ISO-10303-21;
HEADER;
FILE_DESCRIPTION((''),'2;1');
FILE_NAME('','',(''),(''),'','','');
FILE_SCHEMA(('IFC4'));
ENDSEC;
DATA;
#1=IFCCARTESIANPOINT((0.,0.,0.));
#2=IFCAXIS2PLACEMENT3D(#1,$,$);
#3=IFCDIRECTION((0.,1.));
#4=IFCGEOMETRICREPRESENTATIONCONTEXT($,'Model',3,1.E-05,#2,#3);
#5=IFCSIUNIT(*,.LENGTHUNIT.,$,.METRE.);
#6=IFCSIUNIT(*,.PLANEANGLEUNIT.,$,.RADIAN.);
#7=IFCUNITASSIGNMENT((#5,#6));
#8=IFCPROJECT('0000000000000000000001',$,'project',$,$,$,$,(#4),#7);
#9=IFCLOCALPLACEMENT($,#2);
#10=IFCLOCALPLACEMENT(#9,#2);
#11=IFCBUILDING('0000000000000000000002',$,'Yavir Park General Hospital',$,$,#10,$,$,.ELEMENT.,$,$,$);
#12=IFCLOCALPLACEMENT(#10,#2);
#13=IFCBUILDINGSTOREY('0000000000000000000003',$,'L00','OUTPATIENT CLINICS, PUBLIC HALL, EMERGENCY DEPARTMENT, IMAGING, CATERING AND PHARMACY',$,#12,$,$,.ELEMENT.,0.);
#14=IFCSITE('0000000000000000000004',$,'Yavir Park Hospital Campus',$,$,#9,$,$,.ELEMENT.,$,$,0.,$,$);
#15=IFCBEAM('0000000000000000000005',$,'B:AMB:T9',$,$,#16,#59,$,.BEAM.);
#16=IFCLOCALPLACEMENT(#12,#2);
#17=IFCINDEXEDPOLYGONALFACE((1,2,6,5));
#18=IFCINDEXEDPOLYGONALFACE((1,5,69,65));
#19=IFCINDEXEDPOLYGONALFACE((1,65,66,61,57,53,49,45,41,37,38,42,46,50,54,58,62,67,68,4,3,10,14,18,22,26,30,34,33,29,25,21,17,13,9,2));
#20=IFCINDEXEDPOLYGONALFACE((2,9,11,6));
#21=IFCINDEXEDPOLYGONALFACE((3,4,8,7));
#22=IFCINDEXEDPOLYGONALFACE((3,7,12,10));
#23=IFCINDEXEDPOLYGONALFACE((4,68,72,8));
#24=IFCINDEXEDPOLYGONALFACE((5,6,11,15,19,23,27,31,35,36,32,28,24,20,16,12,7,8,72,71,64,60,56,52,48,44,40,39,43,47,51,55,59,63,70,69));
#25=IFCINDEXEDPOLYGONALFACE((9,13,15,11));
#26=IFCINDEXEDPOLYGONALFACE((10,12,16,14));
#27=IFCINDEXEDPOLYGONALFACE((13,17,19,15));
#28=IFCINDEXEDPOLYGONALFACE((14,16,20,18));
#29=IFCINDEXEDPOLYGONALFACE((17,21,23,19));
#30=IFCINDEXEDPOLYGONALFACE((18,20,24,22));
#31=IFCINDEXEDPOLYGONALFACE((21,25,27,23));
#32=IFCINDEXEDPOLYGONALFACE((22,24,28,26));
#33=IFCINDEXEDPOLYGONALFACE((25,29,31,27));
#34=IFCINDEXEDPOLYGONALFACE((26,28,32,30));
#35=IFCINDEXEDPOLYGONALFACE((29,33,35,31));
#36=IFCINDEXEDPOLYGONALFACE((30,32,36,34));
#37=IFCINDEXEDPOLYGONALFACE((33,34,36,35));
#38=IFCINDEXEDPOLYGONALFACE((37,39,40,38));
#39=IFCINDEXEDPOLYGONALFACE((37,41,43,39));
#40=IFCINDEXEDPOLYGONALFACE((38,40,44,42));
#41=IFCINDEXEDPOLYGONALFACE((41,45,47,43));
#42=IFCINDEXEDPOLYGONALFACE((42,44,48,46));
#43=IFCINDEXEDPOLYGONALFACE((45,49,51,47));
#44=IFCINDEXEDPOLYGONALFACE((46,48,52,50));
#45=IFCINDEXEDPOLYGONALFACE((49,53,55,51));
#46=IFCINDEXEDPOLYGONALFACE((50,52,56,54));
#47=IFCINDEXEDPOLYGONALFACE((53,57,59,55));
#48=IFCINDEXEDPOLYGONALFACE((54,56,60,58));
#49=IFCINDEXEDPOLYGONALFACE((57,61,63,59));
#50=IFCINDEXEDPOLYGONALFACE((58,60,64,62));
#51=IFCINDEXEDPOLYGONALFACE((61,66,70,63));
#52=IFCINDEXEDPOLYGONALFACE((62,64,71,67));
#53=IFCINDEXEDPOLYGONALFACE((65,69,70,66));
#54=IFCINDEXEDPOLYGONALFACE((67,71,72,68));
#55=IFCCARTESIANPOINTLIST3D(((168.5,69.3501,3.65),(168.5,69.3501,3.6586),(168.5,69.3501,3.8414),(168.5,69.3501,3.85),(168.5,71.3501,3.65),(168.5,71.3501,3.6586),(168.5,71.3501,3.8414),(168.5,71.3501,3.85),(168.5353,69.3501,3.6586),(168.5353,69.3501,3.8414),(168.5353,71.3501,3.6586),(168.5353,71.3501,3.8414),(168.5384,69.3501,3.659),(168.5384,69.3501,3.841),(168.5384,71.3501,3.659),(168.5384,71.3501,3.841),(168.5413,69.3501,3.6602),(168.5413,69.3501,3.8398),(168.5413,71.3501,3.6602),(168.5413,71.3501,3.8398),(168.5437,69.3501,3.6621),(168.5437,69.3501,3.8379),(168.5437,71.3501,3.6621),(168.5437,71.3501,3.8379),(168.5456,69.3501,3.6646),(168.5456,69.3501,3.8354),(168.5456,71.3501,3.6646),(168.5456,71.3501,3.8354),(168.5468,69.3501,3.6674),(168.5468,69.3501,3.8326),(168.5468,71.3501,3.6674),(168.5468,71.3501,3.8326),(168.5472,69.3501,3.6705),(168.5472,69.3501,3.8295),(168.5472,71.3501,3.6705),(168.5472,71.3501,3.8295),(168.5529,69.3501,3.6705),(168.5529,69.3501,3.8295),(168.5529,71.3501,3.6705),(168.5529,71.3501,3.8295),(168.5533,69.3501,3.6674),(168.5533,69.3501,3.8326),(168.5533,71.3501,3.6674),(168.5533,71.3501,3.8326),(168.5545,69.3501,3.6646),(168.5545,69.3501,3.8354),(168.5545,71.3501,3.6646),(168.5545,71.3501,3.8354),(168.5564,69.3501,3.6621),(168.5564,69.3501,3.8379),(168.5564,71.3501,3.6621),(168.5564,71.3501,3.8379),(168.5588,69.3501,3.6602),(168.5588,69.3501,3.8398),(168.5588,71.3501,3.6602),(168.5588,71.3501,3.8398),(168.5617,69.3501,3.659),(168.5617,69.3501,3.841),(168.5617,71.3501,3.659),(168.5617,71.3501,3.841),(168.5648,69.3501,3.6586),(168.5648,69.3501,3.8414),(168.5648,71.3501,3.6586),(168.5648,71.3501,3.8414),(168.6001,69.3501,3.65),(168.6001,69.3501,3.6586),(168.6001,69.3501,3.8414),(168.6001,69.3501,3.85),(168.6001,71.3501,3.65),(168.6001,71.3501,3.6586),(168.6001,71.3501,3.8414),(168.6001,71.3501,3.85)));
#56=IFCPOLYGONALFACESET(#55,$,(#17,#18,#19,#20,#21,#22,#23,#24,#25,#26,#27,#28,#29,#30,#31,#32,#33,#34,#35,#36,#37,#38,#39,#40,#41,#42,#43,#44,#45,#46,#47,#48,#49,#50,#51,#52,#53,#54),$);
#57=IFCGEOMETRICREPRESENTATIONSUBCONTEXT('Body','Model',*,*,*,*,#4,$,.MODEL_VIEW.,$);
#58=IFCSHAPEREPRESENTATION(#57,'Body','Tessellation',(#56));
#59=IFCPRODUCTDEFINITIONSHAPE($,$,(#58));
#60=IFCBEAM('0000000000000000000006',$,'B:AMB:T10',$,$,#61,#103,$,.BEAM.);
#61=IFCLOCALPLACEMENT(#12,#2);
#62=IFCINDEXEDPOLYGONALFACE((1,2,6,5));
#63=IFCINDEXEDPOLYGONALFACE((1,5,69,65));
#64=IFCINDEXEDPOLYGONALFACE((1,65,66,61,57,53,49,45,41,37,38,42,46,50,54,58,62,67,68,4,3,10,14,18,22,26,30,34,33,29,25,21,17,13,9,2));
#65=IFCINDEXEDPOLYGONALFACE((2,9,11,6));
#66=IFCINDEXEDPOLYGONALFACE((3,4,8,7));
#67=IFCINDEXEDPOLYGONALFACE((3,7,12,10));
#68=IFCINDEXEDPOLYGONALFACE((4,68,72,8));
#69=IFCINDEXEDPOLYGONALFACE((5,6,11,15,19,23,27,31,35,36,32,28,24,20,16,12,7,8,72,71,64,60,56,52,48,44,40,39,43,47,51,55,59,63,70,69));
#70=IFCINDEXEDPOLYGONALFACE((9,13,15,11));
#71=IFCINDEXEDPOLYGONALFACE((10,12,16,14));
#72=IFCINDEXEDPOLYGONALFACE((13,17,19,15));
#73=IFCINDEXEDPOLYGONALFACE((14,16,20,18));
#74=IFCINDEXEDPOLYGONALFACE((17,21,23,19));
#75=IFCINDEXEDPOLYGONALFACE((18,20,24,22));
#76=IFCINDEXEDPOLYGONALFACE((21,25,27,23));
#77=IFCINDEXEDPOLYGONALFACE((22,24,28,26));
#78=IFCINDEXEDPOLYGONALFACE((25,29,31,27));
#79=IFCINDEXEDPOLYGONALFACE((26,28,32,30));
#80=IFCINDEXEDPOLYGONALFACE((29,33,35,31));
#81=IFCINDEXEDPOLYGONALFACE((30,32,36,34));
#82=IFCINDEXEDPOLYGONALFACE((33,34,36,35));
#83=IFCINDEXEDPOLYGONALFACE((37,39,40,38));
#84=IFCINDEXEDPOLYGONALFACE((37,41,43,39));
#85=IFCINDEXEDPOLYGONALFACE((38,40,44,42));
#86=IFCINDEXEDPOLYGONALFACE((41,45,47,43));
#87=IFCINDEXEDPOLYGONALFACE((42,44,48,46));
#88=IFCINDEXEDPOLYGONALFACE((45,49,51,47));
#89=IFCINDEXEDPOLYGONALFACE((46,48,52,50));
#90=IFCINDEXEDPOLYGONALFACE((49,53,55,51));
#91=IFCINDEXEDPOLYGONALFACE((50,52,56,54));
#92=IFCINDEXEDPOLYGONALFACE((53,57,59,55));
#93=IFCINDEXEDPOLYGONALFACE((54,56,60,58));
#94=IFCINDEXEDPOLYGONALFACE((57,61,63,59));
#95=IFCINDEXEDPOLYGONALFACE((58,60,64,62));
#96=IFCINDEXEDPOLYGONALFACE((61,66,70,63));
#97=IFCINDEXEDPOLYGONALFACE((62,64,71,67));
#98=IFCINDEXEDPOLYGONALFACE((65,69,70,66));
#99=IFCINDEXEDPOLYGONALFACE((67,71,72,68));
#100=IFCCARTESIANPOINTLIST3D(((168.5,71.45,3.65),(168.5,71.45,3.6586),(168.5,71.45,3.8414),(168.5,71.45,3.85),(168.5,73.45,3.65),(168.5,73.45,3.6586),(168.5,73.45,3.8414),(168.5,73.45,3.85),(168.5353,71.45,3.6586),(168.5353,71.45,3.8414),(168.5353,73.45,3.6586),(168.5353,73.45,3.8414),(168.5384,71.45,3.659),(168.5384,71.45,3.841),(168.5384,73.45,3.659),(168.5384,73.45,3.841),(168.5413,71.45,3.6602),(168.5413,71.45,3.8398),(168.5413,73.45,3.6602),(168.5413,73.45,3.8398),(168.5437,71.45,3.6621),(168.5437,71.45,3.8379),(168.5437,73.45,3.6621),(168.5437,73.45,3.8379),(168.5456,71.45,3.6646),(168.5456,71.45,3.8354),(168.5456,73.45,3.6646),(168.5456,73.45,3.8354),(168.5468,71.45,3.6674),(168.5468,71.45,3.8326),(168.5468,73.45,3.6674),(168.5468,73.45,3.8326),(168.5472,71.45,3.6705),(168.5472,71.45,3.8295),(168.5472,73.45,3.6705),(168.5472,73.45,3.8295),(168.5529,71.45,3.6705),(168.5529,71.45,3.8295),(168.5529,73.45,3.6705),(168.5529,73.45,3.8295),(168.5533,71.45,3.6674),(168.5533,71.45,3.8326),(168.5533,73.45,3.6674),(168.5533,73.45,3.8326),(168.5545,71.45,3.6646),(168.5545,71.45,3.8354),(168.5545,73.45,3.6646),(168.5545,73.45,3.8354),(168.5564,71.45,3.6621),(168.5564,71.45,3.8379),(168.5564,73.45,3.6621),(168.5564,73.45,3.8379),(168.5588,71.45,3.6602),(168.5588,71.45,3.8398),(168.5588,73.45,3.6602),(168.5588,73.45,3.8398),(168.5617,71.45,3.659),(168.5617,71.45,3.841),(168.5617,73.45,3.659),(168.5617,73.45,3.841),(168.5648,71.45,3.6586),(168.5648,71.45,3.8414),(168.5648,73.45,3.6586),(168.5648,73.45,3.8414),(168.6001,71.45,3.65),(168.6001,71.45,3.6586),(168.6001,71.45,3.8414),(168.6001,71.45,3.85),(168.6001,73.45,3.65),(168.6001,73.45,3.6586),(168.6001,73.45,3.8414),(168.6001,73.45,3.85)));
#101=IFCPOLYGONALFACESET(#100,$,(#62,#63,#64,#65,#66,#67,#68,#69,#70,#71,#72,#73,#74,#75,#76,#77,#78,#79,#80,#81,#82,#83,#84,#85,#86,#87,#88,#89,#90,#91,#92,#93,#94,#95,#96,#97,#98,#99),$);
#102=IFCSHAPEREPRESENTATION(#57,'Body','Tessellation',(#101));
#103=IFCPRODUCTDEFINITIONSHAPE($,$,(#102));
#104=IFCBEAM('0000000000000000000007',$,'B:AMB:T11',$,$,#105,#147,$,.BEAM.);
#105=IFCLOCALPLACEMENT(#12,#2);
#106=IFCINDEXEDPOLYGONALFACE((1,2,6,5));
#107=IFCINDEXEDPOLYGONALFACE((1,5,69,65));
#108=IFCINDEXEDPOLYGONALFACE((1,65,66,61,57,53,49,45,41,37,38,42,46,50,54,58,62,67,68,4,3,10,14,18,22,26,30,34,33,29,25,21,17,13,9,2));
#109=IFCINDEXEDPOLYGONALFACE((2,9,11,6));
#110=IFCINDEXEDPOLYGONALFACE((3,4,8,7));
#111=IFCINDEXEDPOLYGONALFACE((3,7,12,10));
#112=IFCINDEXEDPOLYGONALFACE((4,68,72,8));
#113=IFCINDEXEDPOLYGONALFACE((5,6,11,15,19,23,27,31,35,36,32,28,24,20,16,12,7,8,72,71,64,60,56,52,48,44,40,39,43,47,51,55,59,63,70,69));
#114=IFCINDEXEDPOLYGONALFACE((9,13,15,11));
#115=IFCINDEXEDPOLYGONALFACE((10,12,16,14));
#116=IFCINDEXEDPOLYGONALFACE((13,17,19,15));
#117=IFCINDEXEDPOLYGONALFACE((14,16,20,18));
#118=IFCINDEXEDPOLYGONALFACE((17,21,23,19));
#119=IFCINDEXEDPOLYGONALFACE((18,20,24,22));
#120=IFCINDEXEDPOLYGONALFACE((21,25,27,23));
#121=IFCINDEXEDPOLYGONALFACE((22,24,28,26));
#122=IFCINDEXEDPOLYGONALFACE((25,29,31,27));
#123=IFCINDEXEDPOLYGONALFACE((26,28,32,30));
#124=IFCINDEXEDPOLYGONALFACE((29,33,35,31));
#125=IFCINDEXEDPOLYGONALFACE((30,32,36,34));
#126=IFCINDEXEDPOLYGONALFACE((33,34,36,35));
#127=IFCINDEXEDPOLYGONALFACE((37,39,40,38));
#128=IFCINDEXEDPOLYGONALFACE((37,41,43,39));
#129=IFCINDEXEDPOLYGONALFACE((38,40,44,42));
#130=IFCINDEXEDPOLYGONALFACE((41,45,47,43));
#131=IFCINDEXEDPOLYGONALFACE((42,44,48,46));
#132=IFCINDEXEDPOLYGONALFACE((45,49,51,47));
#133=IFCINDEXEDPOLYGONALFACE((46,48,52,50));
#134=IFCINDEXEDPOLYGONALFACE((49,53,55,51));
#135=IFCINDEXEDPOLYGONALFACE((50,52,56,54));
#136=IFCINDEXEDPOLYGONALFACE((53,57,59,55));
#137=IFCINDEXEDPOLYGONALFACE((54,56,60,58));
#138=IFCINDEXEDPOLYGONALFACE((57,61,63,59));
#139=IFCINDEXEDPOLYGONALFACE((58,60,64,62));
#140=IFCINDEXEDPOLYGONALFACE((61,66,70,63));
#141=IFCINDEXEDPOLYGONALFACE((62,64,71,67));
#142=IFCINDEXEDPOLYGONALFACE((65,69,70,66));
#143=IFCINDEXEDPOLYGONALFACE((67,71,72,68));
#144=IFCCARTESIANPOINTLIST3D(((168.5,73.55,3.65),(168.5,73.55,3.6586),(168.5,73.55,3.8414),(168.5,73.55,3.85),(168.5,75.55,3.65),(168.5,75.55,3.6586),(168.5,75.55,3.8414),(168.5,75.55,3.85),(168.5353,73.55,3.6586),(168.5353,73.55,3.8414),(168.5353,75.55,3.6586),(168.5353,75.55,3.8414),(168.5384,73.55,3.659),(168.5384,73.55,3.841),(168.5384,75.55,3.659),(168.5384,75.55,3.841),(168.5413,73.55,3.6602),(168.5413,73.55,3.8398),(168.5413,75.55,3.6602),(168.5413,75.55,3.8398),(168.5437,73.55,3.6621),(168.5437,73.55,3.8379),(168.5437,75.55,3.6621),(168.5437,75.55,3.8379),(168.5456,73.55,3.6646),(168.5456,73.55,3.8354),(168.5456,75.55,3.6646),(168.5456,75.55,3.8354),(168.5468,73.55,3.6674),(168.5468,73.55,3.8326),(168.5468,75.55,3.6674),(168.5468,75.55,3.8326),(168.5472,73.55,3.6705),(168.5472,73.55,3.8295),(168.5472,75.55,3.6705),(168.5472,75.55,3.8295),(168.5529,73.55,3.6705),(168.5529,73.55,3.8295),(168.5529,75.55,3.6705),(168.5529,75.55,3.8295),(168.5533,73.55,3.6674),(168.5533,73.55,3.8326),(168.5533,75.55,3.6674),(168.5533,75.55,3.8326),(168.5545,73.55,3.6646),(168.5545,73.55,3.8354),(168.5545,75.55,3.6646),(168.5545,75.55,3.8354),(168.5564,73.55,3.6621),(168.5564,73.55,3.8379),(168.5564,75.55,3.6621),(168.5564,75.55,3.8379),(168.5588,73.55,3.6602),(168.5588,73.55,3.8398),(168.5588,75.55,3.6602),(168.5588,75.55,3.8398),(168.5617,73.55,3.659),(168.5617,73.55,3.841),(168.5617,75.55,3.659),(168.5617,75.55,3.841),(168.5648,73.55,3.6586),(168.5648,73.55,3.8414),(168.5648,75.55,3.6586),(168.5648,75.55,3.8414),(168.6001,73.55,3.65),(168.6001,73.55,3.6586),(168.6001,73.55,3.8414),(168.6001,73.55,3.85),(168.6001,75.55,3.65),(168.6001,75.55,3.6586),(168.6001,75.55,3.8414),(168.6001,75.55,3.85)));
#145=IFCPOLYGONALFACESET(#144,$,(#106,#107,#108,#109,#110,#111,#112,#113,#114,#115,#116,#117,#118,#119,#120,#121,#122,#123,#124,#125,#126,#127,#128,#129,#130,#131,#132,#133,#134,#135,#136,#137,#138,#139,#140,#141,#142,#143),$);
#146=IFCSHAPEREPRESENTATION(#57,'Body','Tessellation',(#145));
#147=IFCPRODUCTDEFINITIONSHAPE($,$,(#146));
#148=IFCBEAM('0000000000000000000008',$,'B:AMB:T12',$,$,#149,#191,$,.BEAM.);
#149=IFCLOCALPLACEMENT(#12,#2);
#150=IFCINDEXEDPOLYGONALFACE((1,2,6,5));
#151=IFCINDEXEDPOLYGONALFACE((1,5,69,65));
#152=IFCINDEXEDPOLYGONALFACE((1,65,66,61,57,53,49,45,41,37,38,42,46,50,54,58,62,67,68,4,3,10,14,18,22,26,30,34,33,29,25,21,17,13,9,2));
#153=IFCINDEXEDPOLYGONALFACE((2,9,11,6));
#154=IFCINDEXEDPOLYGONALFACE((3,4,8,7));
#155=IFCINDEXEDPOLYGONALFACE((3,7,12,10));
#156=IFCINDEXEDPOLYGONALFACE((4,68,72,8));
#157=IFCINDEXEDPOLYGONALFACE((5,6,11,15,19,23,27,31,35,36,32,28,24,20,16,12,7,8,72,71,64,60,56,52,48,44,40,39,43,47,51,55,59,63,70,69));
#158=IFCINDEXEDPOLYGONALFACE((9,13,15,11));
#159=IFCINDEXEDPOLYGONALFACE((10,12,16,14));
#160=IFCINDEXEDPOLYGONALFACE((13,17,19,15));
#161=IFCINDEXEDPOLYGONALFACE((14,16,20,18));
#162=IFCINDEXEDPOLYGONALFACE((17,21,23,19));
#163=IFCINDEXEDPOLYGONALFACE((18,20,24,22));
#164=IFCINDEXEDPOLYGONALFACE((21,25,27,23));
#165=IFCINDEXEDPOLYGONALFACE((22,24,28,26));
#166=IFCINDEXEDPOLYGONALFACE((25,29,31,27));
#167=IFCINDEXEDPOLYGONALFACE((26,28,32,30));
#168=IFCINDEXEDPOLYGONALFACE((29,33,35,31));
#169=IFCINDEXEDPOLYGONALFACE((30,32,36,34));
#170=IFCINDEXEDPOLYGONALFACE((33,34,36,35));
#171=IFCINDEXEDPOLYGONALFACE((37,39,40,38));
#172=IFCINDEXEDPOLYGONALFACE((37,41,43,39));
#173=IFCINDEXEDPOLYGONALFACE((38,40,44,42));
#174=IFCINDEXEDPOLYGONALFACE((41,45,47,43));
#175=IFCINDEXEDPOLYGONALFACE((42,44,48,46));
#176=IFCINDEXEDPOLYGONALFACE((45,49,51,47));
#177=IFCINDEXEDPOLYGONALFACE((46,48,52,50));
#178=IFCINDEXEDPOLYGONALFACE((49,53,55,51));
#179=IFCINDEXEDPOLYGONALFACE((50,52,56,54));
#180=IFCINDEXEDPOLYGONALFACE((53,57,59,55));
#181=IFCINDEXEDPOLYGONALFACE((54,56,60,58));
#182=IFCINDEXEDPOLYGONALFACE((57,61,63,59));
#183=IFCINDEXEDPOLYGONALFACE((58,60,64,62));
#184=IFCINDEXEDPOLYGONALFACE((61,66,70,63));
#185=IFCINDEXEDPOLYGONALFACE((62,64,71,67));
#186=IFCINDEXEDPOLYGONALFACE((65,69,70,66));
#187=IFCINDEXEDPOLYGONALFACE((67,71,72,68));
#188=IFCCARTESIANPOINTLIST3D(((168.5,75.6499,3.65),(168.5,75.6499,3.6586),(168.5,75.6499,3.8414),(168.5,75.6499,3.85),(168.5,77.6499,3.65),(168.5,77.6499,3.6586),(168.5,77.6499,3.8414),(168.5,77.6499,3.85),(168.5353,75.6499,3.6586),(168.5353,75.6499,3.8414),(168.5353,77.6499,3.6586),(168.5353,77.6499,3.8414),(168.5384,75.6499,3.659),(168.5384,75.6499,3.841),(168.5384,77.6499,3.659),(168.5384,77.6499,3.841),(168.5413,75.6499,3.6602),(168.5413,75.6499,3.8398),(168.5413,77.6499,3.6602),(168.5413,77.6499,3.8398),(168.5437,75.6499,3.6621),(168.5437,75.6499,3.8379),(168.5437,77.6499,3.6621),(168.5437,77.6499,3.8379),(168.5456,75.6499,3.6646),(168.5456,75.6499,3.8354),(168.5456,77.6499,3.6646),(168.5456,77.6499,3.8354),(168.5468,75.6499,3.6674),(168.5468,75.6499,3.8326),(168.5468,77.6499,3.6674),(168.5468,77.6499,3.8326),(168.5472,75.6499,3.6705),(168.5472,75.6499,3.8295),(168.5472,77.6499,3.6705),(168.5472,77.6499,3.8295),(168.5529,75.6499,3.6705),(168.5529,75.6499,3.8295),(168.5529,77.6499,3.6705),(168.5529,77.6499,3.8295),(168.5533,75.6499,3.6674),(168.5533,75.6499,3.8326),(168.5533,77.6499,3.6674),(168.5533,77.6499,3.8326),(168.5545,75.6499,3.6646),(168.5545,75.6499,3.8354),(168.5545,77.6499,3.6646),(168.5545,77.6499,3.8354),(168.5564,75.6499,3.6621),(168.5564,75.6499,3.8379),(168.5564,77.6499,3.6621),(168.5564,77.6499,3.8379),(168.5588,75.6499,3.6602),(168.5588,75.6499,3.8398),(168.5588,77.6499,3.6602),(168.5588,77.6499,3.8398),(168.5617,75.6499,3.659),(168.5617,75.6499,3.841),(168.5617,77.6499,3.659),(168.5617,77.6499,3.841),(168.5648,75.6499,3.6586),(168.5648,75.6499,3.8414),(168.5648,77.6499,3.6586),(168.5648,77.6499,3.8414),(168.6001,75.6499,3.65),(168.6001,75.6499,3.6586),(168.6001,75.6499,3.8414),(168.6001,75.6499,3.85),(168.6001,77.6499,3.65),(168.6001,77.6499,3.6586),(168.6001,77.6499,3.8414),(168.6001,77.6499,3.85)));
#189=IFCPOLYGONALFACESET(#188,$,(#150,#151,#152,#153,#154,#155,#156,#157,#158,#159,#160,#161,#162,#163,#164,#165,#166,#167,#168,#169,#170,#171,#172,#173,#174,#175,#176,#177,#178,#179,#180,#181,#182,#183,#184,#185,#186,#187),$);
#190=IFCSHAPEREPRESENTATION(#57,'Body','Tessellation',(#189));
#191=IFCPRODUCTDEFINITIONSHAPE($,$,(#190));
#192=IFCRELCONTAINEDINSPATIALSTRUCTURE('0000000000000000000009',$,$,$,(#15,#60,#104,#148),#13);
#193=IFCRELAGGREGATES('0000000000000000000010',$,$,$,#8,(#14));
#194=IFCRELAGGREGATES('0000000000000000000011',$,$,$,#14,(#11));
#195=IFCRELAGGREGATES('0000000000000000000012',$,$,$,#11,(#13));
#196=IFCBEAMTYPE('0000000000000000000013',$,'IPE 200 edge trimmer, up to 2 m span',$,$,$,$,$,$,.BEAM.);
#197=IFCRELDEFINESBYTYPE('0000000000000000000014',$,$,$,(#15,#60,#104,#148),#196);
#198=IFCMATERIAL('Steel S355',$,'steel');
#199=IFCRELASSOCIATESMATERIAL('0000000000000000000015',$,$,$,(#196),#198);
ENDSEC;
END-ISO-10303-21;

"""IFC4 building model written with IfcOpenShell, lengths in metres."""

from ifc_helpers import new_model, si_unit, direction, frame, origin, origin_2d, place, context, subcontext, project, spatial, i_section, extrude, material, material_profile, profile_set, type_object, element, save


model = new_model("IFC4")

# Units and contexts
model_context = context("Model", 3, precision=1e-05, world=origin(), true_north=direction((0.0, 1.0)))
body_context = subcontext(model_context, "Body", "Model", "MODEL_VIEW")
ifc_project = project(units=[si_unit("LENGTHUNIT", "METRE"), si_unit("PLANEANGLEUNIT", "RADIAN")], contexts=[model_context])

# Site, building, storey
site_placement = place(None, origin())
site = spatial("IfcSite", under=ifc_project, at=site_placement, Name="Yavir Park Hospital Campus", CompositionType="ELEMENT", RefElevation=0.0)
building_placement = place(site_placement, origin())
building = spatial("IfcBuilding", under=site, at=building_placement, Name="Yavir Park General Hospital", CompositionType="ELEMENT")
storey_placement = place(building_placement, origin())
storey = spatial("IfcBuildingStorey", under=building, at=storey_placement, Name="L00", Description="OUTPATIENT CLINICS, PUBLIC HALL, EMERGENCY DEPARTMENT, IMAGING, CATERING AND PHARMACY", CompositionType="ELEMENT", Elevation=0.0)

# Beams
ifc_material_1 = material(Name="Steel S355", Category="steel")
ifc_material_profile_1 = material_profile(ifc_material_1, i_section(OverallWidth=0.1001, OverallDepth=0.2, WebThickness=0.0056, FlangeThickness=0.0085, FilletRadius=0.012, at=origin_2d()), Name="IPE200")
ifc_profile_set_1 = profile_set([ifc_material_profile_1], Name="Steel S355")
beam_type_1 = type_object("IfcBeamType", Name="IPE 200 edge trimmer, up to 2 m span", PredefinedType="BEAM", material=ifc_profile_set_1)
for number, where, z_axis, x_axis, name in (
    (1, (168.55, 69.3501, 3.75), (0.0, 1.0, 0.0), (-1.0, 0.0, 0.0), "B:AMB:T9"),
    (2, (168.55, 71.45, 3.75), (0.0, 1.0, 0.0), (-1.0, 0.0, 0.0), "B:AMB:T10"),
    (3, (168.55, 73.55, 3.75), (0.0, 1.0, 0.0), (-1.0, 0.0, 0.0), "B:AMB:T11"),
    (4, (168.55, 75.6499, 3.75), (0.0, 1.0, 0.0), (-1.0, 0.0, 0.0), "B:AMB:T12"),
):
    element("IfcBeam", number, at=place(storey_placement, frame(where, z_axis=z_axis, x_axis=x_axis)), inside=storey, type_object=beam_type_1, Name=name, PredefinedType="BEAM", context=body_context, shape_type="SweptSolid", body=[
        extrude(i_section(OverallWidth=0.1001, OverallDepth=0.2, WebThickness=0.0056, FlangeThickness=0.0085, FilletRadius=0.012, at=origin_2d()), origin(), (0.0, 0.0, 1.0), 2.0),
    ])

save(model, "model.ifc")
